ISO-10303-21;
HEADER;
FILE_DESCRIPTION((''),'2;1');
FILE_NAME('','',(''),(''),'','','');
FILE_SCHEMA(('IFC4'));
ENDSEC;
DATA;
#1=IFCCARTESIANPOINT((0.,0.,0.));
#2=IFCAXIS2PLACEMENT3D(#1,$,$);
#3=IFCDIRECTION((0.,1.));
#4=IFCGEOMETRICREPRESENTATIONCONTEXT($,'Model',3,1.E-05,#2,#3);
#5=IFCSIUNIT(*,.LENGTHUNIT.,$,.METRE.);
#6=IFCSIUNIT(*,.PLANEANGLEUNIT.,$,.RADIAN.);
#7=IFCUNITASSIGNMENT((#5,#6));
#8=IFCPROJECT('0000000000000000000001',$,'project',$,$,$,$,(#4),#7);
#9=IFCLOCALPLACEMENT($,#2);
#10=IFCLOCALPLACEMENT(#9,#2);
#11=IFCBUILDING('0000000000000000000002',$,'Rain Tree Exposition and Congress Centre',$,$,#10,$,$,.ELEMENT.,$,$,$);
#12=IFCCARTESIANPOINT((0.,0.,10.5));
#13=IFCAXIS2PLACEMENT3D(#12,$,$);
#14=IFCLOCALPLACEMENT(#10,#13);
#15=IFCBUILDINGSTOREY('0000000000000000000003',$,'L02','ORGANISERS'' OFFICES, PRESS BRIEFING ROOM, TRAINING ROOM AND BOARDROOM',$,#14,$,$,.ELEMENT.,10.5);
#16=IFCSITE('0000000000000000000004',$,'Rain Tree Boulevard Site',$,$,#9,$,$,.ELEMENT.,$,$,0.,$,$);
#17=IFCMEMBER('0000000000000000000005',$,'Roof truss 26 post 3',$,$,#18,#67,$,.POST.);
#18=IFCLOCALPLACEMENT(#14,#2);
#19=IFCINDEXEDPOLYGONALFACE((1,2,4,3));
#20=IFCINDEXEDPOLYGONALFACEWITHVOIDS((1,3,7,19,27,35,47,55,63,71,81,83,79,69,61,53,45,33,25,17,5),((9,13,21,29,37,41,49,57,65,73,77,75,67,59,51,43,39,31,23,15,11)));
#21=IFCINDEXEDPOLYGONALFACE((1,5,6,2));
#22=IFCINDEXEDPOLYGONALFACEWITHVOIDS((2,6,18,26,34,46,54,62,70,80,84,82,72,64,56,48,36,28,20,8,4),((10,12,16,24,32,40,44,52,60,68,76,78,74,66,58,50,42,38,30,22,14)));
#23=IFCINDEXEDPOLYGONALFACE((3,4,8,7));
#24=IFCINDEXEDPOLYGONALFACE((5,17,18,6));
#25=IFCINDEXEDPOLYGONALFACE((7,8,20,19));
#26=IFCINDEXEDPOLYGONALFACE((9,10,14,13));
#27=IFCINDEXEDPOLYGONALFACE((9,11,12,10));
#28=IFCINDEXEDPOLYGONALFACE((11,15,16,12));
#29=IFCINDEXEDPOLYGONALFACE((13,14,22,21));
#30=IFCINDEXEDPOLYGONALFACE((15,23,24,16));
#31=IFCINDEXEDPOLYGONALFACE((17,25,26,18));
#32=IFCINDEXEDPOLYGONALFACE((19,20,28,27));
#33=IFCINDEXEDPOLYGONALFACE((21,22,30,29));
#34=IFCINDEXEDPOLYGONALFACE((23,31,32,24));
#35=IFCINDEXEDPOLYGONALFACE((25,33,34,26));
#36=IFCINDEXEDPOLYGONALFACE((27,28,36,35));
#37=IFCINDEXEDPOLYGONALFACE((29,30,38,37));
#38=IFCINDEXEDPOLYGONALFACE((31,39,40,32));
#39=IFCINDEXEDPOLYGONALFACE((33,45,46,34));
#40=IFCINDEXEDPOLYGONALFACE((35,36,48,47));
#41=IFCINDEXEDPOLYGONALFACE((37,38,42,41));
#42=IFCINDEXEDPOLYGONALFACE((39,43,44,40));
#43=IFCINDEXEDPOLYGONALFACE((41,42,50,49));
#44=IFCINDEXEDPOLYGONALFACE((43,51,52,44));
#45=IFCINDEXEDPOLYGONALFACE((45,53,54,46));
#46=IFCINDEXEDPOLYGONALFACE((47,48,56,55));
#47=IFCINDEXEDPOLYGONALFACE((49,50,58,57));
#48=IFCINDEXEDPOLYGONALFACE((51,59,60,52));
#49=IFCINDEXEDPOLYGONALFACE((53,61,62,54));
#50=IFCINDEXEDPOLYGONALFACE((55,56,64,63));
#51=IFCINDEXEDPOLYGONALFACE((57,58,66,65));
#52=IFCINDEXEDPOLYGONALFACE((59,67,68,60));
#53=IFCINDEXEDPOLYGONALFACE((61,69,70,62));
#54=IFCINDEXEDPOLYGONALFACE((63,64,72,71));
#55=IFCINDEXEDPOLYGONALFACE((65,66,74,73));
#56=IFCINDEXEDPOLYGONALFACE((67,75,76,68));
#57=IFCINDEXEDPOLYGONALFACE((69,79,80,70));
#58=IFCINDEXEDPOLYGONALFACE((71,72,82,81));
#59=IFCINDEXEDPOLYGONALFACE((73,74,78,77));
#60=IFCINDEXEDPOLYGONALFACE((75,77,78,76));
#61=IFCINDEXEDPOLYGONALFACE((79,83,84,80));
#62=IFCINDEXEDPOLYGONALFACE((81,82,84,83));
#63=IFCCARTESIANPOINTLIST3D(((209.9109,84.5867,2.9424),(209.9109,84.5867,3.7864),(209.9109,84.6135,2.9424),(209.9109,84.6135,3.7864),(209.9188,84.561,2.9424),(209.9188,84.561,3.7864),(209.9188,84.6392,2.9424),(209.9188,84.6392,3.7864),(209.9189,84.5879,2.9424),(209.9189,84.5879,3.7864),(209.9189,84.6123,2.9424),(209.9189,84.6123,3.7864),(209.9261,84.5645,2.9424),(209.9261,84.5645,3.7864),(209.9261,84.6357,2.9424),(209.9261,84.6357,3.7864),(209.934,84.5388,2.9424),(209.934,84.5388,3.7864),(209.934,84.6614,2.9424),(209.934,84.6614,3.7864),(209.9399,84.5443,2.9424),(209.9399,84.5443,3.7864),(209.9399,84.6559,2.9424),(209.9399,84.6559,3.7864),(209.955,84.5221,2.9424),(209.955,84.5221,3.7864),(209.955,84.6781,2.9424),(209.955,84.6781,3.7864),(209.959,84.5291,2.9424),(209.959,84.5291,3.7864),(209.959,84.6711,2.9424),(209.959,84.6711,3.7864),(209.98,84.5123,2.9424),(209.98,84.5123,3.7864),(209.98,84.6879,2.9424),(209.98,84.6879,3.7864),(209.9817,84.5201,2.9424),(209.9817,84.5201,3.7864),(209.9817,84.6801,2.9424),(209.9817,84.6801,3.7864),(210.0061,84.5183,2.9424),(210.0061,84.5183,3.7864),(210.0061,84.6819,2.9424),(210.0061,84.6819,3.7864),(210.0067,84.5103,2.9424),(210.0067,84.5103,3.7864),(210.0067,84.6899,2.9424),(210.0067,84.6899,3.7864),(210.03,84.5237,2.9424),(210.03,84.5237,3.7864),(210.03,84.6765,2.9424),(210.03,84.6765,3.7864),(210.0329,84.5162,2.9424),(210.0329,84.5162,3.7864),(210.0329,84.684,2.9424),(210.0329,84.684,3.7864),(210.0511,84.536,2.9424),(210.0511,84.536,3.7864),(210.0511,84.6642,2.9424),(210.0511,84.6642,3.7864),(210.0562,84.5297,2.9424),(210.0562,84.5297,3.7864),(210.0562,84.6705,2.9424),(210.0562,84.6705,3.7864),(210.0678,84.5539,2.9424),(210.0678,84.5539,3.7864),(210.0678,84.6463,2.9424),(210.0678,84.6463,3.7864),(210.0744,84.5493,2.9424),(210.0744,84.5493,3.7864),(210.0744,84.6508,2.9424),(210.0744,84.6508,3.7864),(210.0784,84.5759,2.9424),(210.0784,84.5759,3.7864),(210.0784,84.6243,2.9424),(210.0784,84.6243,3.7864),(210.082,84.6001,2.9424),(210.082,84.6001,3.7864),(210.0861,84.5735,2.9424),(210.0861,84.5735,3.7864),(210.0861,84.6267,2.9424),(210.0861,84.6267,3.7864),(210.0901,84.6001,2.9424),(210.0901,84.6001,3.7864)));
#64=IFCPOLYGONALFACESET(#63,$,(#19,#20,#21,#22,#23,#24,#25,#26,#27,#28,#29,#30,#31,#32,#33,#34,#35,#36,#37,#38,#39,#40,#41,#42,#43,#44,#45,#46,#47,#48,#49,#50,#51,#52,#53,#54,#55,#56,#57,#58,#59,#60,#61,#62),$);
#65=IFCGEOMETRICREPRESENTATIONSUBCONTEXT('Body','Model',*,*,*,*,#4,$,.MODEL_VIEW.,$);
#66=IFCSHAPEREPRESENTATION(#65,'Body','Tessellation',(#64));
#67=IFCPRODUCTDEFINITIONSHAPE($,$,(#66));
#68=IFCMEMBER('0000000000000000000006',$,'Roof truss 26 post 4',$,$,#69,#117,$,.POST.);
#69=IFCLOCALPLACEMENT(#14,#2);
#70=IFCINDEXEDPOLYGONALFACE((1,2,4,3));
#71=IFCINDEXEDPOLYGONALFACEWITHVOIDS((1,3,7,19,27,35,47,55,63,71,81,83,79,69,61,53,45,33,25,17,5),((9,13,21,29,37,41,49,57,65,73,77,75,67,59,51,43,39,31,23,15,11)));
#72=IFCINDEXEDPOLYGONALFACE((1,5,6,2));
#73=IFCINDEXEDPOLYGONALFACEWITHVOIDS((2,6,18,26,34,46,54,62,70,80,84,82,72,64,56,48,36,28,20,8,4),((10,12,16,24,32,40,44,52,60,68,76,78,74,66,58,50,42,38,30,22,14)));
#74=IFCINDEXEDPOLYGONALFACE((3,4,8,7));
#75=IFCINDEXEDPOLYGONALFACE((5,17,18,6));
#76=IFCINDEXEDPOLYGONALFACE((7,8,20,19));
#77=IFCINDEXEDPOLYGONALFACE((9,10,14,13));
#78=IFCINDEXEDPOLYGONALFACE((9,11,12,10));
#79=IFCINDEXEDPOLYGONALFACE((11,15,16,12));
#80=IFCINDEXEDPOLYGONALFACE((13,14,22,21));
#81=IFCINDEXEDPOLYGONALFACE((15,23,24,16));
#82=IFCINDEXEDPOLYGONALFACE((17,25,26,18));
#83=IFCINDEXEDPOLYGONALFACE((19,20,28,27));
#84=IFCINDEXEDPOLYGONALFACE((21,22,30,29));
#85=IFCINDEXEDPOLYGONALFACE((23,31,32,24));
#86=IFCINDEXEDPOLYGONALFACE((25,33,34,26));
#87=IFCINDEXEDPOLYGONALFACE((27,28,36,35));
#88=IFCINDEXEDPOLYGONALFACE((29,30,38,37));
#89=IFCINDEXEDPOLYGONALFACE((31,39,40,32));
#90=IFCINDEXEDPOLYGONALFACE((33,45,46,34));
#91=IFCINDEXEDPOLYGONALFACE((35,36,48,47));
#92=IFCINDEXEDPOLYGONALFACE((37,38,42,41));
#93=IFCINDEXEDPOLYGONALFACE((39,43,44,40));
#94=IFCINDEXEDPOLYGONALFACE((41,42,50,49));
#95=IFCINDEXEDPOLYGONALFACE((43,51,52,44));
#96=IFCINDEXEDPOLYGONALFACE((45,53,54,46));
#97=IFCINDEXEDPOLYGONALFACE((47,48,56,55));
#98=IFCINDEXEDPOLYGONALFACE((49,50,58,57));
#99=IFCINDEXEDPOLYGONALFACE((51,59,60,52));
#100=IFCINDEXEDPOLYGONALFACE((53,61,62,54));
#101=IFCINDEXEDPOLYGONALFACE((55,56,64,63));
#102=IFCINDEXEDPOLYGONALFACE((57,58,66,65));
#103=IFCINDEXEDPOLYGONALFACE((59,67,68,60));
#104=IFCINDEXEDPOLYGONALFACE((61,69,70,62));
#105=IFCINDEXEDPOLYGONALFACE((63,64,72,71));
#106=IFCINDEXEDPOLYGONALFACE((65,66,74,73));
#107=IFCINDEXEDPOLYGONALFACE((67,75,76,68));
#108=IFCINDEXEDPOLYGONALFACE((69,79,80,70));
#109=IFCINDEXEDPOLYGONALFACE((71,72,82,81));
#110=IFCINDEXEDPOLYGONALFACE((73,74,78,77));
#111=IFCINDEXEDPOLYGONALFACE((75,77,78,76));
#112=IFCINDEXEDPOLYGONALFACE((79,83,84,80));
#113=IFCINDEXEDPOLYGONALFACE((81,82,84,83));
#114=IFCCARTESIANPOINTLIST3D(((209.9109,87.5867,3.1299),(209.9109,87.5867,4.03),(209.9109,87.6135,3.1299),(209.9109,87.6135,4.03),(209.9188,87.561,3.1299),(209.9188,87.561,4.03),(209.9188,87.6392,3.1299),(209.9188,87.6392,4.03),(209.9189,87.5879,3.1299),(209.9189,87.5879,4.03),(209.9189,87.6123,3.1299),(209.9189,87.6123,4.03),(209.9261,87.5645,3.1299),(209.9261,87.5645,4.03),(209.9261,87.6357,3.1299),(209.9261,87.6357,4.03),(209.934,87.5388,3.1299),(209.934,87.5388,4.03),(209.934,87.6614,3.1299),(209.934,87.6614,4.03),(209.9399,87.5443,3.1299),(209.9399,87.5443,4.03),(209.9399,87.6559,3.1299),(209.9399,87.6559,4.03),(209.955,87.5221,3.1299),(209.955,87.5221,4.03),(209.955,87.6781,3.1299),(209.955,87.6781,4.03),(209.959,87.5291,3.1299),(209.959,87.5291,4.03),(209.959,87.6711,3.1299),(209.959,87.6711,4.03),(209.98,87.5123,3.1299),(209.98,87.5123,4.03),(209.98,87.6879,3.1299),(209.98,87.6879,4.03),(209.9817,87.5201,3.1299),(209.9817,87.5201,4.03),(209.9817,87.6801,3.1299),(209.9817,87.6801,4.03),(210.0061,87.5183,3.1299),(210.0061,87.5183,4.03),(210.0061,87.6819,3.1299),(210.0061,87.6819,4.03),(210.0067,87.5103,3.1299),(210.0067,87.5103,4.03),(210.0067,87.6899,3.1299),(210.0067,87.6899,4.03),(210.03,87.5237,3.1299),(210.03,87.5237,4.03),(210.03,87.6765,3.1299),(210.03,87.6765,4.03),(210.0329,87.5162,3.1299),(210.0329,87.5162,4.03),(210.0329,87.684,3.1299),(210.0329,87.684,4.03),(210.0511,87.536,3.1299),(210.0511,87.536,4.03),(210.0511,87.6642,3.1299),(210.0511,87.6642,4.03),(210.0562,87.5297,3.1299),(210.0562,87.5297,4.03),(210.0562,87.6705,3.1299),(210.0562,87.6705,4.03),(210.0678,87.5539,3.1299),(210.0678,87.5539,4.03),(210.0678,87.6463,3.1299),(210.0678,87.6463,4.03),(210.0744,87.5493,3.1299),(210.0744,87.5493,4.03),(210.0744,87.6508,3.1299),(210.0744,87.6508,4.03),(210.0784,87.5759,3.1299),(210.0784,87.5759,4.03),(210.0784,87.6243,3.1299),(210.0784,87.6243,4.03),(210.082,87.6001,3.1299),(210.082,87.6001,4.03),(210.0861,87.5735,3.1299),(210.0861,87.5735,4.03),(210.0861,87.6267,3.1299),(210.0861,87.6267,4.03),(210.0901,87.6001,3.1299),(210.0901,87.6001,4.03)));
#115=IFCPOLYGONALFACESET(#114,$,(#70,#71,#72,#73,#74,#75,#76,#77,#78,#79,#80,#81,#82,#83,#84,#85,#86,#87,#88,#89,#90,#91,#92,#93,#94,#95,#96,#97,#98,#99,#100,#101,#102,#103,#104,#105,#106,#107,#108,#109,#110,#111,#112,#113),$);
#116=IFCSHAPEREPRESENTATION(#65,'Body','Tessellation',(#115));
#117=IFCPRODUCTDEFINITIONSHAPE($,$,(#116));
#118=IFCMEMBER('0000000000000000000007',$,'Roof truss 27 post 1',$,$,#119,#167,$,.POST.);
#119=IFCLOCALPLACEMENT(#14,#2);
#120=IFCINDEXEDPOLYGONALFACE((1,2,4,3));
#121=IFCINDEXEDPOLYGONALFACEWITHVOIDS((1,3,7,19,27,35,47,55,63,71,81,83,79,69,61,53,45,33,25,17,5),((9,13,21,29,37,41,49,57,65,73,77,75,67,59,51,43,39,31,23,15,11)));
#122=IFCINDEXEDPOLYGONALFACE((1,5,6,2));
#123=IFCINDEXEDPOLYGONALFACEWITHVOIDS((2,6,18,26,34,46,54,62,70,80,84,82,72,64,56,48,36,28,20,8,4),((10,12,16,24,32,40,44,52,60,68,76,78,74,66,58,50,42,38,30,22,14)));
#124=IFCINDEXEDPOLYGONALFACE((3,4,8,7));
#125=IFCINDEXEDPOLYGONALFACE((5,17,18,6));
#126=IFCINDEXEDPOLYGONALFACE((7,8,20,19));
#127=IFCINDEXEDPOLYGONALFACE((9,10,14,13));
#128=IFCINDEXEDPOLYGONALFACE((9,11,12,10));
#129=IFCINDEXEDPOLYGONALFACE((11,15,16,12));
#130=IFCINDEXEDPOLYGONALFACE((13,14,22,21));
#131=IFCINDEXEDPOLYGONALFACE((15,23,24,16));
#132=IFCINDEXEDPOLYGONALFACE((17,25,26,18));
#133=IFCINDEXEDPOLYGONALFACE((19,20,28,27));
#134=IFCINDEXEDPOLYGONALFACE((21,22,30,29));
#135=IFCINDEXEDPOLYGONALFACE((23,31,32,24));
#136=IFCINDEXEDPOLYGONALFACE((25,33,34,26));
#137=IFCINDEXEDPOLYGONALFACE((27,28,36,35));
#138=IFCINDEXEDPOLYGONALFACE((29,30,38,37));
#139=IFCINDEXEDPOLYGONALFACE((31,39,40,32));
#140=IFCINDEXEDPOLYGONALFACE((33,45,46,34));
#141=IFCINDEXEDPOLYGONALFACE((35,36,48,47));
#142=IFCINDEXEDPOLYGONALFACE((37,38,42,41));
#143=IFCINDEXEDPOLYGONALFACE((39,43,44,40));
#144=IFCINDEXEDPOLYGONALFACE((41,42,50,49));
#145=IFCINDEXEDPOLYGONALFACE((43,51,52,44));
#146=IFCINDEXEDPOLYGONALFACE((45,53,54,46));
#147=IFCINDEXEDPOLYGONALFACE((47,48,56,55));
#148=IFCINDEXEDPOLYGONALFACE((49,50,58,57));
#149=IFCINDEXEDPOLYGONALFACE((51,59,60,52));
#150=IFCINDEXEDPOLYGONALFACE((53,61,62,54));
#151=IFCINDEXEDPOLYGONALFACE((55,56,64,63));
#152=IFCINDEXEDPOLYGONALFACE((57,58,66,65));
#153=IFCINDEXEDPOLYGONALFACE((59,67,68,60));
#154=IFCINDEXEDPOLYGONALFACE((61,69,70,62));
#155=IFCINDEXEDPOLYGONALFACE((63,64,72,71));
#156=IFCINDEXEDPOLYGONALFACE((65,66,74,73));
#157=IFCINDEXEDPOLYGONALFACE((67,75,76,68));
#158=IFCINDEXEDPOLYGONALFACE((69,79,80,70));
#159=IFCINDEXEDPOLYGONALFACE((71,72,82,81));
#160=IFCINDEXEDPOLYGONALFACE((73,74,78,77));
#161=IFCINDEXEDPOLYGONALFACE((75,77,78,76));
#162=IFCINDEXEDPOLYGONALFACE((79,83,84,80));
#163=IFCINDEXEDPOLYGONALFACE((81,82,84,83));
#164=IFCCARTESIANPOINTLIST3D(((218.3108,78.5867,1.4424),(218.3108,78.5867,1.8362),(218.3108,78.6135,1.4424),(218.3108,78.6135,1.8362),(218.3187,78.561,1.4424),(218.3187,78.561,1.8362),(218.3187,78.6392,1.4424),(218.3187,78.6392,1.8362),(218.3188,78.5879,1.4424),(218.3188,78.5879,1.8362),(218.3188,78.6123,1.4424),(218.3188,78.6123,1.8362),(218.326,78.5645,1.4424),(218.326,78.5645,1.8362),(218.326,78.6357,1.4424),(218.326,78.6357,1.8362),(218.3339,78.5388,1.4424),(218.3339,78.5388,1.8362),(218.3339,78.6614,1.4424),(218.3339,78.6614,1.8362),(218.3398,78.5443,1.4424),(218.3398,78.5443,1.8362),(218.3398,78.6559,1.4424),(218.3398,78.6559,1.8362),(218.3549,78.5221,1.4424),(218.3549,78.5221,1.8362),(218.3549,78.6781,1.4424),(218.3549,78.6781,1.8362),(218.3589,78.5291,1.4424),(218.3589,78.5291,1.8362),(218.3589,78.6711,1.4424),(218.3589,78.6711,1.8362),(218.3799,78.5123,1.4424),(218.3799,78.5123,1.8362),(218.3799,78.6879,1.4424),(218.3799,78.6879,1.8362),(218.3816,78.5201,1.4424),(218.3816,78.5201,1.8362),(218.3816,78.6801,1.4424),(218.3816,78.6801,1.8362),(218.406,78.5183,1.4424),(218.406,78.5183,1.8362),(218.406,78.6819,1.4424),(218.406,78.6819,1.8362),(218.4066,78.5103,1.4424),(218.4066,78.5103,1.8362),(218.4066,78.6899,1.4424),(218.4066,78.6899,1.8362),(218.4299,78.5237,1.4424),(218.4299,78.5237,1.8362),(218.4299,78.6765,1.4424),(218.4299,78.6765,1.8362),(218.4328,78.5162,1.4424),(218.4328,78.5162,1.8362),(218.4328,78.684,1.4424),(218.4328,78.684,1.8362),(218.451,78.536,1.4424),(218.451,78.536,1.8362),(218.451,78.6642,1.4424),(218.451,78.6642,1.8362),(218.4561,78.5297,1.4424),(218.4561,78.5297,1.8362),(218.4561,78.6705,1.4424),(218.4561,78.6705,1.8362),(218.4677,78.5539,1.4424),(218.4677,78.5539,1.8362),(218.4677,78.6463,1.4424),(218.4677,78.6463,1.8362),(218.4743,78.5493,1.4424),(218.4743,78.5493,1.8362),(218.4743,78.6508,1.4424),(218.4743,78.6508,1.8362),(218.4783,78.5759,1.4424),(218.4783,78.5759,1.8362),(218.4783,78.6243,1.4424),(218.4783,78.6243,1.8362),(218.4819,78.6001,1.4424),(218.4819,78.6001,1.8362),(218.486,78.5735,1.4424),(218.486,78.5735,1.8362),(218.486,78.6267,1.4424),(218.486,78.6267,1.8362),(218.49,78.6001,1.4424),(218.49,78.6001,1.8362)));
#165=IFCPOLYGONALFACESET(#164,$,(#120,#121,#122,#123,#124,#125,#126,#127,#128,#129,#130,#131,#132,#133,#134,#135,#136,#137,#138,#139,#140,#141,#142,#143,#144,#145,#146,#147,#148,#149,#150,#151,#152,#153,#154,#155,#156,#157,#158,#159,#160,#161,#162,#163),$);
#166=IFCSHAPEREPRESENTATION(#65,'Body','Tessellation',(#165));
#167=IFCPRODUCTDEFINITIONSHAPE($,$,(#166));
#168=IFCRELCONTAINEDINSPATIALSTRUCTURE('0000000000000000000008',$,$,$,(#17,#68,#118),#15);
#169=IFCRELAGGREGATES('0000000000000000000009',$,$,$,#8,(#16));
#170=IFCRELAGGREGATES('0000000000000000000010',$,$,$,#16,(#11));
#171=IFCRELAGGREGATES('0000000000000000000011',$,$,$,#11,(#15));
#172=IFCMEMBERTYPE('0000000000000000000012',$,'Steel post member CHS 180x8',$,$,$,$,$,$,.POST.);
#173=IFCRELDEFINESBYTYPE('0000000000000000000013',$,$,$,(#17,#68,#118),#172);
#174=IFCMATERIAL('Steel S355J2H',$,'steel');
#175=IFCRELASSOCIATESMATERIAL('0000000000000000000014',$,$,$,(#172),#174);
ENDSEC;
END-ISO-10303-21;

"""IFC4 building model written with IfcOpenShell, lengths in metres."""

from ifc_helpers import new_model, si_unit, direction, frame, origin, origin_2d, place, context, subcontext, project, spatial, hollow_circle, extrude, material, material_profile, profile_set, type_object, element, save


model = new_model("IFC4")

# Units and contexts
model_context = context("Model", 3, precision=1e-05, world=origin(), true_north=direction((0.0, 1.0)))
body_context = subcontext(model_context, "Body", "Model", "MODEL_VIEW")
ifc_project = project(units=[si_unit("LENGTHUNIT", "METRE"), si_unit("PLANEANGLEUNIT", "RADIAN")], contexts=[model_context])

# Site, building, storey
site_placement = place(None, origin())
site = spatial("IfcSite", under=ifc_project, at=site_placement, Name="Rain Tree Boulevard Site", CompositionType="ELEMENT", RefElevation=0.0)
building_placement = place(site_placement, origin())
building = spatial("IfcBuilding", under=site, at=building_placement, Name="Rain Tree Exposition and Congress Centre", CompositionType="ELEMENT")
storey_placement = place(building_placement, frame((0.0, 0.0, 10.5)))
storey = spatial("IfcBuildingStorey", under=building, at=storey_placement, Name="L02", Description="ORGANISERS' OFFICES, PRESS BRIEFING ROOM, TRAINING ROOM AND BOARDROOM", CompositionType="ELEMENT", Elevation=10.5)

# Members
ifc_material_1 = material(Name="Steel S355J2H", Category="steel")
ifc_material_profile_1 = material_profile(ifc_material_1, hollow_circle(Radius=0.0901, WallThickness=0.0081, at=origin_2d()), Name="CHS 180x8")
ifc_profile_set_1 = profile_set([ifc_material_profile_1], Name="Steel S355J2H")
member_type_1 = type_object("IfcMemberType", Name="Steel post member CHS 180x8", PredefinedType="POST", material=ifc_profile_set_1)
member_1_placement = place(storey_placement, frame((210.0, 84.6001, 2.9424), z_axis=(0.0, 0.0, 1.0), x_axis=(1.0, 0.0, 0.0)))
element("IfcMember", 1, at=member_1_placement, inside=storey, type_object=member_type_1, Name="Roof truss 26 post 3", PredefinedType="POST", context=body_context, shape_type="SweptSolid", body=[
    extrude(hollow_circle(Radius=0.0901, WallThickness=0.0081, at=origin_2d()), origin(), (0.0, 0.0, 1.0), 0.844),
])
member_2_placement = place(storey_placement, frame((210.0, 87.6001, 3.1299), z_axis=(0.0, 0.0, 1.0), x_axis=(1.0, 0.0, 0.0)))
element("IfcMember", 2, at=member_2_placement, inside=storey, type_object=member_type_1, Name="Roof truss 26 post 4", PredefinedType="POST", context=body_context, shape_type="SweptSolid", body=[
    extrude(hollow_circle(Radius=0.0901, WallThickness=0.0081, at=origin_2d()), origin(), (0.0, 0.0, 1.0), 0.9001),
])
member_3_placement = place(storey_placement, frame((218.3999, 78.6001, 1.4424), z_axis=(0.0, 0.0, 1.0), x_axis=(1.0, 0.0, 0.0)))
element("IfcMember", 3, at=member_3_placement, inside=storey, type_object=member_type_1, Name="Roof truss 27 post 1", PredefinedType="POST", context=body_context, shape_type="SweptSolid", body=[
    extrude(hollow_circle(Radius=0.0901, WallThickness=0.0081, at=origin_2d()), origin(), (0.0, 0.0, 1.0), 0.3938),
])

save(model, "model.ifc")
